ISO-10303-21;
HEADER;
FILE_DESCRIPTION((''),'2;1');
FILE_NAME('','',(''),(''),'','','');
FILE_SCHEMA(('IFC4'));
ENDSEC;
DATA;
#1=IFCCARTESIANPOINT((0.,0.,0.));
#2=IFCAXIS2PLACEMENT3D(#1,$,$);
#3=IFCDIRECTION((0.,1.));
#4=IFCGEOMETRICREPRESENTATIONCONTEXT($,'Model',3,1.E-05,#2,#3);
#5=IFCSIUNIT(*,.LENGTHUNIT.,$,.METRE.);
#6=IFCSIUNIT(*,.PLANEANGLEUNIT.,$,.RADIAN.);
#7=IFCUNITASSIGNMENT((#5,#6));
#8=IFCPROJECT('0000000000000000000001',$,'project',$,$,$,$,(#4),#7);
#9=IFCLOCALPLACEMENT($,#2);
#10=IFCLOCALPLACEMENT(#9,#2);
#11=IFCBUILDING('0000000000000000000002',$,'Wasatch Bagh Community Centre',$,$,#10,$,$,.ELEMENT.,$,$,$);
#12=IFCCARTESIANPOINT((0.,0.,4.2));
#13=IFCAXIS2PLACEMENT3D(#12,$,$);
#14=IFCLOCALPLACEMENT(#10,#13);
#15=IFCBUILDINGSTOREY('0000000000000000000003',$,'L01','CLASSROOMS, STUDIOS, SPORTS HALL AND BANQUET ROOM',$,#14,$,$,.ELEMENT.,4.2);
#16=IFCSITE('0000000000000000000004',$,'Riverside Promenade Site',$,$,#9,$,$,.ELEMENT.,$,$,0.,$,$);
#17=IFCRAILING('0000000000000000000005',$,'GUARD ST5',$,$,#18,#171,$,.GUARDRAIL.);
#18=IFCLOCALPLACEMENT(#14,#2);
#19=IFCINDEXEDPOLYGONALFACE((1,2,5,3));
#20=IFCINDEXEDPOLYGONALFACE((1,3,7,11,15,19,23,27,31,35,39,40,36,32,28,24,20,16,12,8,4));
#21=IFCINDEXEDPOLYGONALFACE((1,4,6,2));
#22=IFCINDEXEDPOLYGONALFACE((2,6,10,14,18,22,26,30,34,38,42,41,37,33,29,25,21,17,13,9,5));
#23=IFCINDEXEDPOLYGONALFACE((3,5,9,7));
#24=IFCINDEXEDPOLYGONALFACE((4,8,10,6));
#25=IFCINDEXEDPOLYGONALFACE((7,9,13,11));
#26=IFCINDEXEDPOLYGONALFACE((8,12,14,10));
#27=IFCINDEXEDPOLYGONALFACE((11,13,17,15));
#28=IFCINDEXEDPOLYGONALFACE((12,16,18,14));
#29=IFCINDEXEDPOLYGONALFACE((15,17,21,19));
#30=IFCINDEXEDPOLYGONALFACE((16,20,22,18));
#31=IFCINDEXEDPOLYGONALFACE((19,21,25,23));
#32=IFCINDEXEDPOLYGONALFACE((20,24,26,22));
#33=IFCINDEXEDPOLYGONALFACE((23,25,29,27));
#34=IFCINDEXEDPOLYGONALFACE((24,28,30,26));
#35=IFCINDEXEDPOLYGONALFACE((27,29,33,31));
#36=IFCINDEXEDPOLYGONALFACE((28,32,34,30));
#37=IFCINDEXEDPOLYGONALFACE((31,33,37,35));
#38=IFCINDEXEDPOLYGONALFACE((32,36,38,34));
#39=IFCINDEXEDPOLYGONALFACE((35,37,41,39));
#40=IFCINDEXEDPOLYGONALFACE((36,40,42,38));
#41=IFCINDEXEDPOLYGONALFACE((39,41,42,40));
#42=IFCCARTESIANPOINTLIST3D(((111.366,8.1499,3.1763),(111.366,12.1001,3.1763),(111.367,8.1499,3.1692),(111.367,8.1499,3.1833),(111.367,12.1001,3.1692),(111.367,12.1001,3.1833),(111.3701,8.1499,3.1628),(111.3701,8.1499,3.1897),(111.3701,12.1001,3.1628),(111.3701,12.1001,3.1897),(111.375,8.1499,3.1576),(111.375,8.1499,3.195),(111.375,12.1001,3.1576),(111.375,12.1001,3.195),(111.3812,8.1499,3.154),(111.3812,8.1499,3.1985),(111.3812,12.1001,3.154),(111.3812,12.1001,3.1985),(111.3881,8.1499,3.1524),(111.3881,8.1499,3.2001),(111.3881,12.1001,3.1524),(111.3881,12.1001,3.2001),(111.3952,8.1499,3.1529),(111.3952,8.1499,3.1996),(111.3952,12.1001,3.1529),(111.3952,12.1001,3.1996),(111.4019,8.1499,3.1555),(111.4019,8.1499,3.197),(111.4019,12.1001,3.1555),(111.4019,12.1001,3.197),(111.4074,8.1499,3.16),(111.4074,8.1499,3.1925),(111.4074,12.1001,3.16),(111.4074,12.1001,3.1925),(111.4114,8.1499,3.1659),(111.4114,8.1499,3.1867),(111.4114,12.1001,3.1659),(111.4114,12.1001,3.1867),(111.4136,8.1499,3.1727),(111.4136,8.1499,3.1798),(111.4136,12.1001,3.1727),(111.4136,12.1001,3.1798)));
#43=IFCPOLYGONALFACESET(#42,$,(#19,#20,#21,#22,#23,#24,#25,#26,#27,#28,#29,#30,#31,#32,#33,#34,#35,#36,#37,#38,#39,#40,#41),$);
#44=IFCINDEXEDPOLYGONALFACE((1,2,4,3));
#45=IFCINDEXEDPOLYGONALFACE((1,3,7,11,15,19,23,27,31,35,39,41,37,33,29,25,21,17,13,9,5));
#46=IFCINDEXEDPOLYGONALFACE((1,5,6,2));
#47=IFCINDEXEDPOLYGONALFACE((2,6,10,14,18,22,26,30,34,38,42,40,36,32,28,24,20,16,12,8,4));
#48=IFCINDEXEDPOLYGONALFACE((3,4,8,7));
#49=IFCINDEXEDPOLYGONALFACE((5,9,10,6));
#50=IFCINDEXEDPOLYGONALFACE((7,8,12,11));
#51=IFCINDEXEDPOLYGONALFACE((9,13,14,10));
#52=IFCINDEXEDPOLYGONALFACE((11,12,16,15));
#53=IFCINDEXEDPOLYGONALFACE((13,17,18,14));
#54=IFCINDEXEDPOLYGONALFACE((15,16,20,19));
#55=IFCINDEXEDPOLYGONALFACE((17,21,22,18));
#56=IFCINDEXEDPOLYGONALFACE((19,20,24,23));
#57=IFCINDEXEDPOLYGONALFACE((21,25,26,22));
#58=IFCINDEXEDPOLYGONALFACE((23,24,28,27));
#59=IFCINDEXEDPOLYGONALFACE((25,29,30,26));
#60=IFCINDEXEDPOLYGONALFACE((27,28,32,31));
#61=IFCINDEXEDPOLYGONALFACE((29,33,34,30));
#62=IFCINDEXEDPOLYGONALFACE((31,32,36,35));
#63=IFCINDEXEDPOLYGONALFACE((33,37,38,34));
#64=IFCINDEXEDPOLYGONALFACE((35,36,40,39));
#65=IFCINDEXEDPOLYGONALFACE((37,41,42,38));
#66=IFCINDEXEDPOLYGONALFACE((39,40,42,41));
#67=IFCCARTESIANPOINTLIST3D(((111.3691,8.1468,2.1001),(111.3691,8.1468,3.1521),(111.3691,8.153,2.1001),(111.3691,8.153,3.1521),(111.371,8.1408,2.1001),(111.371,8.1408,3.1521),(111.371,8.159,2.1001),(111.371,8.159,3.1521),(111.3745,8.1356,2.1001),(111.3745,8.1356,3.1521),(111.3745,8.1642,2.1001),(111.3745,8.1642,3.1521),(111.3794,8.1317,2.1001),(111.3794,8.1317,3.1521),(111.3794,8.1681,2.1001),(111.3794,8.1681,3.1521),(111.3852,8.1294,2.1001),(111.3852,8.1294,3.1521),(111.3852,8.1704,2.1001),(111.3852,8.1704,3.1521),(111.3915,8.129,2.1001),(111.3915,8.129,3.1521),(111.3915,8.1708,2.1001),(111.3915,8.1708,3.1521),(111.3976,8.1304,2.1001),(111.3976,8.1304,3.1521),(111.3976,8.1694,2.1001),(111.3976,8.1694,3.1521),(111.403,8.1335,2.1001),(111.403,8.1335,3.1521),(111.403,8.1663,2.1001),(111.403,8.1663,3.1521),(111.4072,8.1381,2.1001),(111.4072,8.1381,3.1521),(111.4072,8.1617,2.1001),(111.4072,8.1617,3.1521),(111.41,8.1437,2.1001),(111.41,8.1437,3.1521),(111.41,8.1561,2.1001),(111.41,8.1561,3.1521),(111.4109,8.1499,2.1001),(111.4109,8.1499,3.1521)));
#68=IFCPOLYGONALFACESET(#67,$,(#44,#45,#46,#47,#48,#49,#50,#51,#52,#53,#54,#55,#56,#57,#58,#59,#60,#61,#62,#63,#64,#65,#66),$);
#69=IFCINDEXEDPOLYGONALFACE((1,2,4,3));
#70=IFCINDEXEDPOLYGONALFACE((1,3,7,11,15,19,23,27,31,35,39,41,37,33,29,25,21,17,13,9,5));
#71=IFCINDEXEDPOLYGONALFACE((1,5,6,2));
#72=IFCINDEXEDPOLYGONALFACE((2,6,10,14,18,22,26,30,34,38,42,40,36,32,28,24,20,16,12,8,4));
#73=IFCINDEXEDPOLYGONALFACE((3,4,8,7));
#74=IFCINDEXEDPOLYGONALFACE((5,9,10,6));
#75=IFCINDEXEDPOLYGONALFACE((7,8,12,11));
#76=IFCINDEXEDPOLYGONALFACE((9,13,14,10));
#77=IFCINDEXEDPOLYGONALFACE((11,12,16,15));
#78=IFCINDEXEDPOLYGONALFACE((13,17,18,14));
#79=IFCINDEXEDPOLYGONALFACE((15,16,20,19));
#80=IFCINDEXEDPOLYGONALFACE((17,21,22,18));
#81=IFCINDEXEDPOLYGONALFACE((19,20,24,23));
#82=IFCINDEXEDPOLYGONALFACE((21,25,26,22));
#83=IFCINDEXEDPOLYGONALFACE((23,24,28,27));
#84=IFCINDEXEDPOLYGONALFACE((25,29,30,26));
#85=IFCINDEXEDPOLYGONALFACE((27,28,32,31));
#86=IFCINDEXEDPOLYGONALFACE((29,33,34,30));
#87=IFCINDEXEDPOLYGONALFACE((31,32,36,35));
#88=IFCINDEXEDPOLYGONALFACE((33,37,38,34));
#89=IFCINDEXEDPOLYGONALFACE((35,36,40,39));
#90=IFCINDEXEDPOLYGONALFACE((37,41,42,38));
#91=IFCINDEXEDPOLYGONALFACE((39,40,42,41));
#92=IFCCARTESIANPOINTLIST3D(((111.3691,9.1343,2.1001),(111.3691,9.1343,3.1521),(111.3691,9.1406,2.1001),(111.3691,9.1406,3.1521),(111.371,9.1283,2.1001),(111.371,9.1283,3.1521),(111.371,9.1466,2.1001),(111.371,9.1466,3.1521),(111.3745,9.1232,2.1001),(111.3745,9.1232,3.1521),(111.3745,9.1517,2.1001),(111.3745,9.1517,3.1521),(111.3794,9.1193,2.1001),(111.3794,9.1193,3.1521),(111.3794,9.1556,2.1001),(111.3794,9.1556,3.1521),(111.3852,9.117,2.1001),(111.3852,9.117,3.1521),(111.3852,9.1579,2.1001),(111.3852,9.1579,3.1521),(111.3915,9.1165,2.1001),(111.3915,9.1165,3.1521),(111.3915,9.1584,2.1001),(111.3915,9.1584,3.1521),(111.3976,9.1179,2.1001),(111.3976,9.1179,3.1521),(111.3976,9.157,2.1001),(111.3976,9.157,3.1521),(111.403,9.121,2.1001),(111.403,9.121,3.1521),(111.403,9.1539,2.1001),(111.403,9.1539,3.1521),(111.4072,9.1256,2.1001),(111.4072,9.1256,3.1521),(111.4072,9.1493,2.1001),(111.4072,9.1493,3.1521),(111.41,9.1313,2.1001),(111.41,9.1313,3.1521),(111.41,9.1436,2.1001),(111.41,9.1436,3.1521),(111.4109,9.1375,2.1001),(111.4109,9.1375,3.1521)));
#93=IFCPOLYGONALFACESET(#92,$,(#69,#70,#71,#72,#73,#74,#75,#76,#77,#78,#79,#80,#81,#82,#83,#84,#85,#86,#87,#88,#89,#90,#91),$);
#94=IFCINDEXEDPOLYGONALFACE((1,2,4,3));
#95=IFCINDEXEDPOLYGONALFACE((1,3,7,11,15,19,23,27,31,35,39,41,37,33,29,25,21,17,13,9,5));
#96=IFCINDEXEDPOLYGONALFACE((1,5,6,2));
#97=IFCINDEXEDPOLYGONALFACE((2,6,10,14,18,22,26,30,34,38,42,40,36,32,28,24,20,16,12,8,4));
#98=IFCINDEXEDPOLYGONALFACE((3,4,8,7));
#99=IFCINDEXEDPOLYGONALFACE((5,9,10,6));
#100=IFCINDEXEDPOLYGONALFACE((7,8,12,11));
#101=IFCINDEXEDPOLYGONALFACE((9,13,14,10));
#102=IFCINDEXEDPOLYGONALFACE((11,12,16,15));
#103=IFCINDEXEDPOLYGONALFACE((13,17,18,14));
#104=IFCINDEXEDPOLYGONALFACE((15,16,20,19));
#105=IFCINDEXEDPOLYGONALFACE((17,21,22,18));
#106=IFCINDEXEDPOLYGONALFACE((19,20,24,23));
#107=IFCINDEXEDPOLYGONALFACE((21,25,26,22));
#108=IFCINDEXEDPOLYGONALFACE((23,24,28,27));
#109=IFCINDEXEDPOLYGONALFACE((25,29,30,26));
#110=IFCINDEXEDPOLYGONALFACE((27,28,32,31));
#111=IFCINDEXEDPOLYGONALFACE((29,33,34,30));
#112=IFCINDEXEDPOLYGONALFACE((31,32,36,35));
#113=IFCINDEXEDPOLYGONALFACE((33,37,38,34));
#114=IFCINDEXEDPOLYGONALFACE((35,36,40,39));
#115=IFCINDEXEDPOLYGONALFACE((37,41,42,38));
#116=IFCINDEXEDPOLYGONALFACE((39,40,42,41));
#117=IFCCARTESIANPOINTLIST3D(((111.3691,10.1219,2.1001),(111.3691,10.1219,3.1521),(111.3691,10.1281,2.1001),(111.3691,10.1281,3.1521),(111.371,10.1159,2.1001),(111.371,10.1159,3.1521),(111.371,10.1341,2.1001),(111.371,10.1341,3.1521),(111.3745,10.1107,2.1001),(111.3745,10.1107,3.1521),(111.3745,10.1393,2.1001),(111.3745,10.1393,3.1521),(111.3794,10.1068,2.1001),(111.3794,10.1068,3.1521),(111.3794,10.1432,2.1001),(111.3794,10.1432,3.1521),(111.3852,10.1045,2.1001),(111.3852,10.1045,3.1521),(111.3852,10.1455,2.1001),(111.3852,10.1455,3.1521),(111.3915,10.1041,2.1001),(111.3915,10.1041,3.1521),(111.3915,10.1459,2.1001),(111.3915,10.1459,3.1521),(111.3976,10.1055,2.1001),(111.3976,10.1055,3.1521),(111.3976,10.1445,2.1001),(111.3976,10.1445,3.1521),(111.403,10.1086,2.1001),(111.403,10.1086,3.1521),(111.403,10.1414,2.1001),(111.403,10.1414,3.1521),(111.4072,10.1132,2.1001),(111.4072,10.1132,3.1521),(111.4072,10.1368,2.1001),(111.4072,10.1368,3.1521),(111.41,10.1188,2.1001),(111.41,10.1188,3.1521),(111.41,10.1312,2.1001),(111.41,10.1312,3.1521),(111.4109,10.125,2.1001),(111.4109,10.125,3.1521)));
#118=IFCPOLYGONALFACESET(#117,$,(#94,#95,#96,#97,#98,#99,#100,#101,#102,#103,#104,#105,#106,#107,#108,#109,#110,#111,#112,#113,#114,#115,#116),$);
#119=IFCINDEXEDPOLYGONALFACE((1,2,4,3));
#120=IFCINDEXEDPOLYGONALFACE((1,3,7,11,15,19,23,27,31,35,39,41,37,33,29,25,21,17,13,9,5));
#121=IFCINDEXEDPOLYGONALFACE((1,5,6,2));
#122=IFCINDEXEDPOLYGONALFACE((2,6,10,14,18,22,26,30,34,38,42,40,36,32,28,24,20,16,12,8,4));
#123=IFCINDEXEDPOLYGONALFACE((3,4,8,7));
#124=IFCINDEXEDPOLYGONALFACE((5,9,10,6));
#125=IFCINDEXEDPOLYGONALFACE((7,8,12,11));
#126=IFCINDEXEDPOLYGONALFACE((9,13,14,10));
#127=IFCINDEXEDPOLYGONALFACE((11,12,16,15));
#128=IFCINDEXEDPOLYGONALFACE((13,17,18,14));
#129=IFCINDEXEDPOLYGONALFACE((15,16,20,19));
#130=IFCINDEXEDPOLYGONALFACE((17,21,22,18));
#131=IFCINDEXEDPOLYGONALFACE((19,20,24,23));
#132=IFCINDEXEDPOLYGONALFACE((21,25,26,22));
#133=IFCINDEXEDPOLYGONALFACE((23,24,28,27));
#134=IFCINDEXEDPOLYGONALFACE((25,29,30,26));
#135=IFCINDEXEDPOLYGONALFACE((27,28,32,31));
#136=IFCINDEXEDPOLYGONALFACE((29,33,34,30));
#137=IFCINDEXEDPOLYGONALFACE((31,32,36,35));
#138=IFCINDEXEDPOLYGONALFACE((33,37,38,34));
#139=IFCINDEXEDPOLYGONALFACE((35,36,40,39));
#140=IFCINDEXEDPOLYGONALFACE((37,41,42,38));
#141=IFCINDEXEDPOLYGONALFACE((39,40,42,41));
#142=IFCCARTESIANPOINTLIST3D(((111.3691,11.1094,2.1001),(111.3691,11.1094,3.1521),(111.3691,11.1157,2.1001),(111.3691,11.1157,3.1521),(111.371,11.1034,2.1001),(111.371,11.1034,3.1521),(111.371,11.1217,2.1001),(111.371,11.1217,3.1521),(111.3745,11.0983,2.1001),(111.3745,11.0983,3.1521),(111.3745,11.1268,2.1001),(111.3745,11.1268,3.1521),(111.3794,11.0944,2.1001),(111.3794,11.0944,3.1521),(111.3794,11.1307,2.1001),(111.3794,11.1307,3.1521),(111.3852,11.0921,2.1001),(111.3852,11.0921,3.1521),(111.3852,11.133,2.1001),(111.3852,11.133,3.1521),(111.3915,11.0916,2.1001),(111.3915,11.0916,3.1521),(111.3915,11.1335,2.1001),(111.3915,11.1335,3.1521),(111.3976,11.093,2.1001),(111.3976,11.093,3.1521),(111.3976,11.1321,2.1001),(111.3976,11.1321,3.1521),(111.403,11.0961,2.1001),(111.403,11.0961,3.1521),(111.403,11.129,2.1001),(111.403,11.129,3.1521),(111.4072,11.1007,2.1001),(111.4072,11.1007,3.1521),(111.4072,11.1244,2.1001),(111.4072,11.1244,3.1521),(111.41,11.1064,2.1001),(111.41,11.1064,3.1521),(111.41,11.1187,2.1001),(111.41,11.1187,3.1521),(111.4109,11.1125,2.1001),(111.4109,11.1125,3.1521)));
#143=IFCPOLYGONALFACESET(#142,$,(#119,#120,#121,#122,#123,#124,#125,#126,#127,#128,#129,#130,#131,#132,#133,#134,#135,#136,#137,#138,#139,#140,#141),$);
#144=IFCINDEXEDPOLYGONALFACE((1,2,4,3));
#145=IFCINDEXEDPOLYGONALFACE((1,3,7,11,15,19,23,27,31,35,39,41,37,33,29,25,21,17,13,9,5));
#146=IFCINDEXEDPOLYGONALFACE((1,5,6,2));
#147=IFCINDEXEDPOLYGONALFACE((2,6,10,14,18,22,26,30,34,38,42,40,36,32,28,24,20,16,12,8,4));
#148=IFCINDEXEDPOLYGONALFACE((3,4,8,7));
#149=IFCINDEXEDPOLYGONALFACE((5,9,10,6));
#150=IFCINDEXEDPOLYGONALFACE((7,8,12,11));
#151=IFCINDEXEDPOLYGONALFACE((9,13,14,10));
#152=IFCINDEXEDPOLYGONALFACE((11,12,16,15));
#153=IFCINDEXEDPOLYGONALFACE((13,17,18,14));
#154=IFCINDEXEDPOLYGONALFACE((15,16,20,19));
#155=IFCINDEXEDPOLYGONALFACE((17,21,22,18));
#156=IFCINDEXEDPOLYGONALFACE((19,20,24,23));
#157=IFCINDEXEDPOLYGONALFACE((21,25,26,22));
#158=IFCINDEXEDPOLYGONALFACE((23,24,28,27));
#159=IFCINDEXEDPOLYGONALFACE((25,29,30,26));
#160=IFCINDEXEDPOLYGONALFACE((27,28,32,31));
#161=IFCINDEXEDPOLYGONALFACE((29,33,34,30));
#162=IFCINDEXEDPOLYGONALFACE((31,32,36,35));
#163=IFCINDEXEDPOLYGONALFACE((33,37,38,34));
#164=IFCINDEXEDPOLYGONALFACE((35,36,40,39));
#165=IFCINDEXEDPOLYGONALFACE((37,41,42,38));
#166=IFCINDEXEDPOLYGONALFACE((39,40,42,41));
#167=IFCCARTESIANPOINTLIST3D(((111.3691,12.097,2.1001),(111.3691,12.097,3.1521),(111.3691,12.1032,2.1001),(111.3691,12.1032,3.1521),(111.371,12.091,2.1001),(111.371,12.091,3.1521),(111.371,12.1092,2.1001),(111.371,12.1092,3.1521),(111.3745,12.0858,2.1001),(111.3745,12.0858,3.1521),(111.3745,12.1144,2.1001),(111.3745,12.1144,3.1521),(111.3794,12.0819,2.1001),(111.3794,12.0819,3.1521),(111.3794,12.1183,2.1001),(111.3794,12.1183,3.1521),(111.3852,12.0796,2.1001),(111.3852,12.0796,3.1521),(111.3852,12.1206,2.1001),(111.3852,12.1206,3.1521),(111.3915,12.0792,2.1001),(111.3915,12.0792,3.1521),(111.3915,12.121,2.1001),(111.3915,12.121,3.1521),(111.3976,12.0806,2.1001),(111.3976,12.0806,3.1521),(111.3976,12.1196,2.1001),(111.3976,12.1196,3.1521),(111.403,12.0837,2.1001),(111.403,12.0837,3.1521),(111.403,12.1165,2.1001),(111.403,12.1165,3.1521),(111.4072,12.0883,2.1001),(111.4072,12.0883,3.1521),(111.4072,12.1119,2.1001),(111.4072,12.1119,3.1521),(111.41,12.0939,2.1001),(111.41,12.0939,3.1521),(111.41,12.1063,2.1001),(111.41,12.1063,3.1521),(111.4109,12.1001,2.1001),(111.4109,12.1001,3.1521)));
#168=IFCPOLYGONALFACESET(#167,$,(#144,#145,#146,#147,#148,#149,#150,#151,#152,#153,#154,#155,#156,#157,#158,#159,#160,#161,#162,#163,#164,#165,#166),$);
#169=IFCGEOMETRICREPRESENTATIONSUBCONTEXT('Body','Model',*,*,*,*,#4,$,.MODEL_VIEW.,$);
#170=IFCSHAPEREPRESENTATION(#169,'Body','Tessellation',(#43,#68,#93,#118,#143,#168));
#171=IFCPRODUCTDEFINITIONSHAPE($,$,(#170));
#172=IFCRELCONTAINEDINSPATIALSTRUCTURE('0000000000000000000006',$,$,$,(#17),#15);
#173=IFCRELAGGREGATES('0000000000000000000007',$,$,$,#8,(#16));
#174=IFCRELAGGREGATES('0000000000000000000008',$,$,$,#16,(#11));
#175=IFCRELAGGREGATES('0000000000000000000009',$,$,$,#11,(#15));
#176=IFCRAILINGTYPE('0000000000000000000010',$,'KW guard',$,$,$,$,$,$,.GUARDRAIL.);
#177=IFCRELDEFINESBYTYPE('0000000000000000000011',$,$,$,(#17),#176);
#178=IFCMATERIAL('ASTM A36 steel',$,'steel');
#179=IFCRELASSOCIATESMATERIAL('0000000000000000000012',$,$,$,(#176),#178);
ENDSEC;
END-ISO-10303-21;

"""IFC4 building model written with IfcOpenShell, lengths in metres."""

from ifc_helpers import new_model, si_unit, direction, frame, origin, origin_2d, place, context, subcontext, project, spatial, circle, extrude, material, type_object, element, save


model = new_model("IFC4")

# Units and contexts
model_context = context("Model", 3, precision=1e-05, world=origin(), true_north=direction((0.0, 1.0)))
body_context = subcontext(model_context, "Body", "Model", "MODEL_VIEW")
ifc_project = project(units=[si_unit("LENGTHUNIT", "METRE"), si_unit("PLANEANGLEUNIT", "RADIAN")], contexts=[model_context])

# Site, building, storey
site_placement = place(None, origin())
site = spatial("IfcSite", under=ifc_project, at=site_placement, Name="Riverside Promenade Site", CompositionType="ELEMENT", RefElevation=0.0)
building_placement = place(site_placement, origin())
building = spatial("IfcBuilding", under=site, at=building_placement, Name="Wasatch Bagh Community Centre", CompositionType="ELEMENT")
storey_placement = place(building_placement, frame((0.0, 0.0, 4.2)))
storey = spatial("IfcBuildingStorey", under=building, at=storey_placement, Name="L01", Description="CLASSROOMS, STUDIOS, SPORTS HALL AND BANQUET ROOM", CompositionType="ELEMENT", Elevation=4.2)

# Railing
ifc_material_1 = material(Name="ASTM A36 steel", Category="steel")
railing_type_1 = type_object("IfcRailingType", Name="KW guard", PredefinedType="GUARDRAIL", material=ifc_material_1)
railing_1_placement = place(storey_placement, frame((111.3899, 8.1499, 2.1001)))
element("IfcRailing", 1, at=railing_1_placement, inside=storey, type_object=railing_type_1, Name="GUARD ST5", PredefinedType="GUARDRAIL", context=body_context, shape_type="SweptSolid", body=[
    extrude(circle(Radius=0.0239, at=origin_2d()), frame((0.0, 0.0, 1.0762), z_axis=(0.0, 1.0, 0.0), x_axis=(-1.0, 0.0, 0.0)), (0.0, 0.0, 1.0), 3.9502),
    extrude(circle(Radius=0.021, at=origin_2d()), origin(), (0.0, 0.0, 1.0), 1.052),
    extrude(circle(Radius=0.021, at=origin_2d()), frame((0.0, 0.9875, 0.0)), (0.0, 0.0, 1.0), 1.052),
    extrude(circle(Radius=0.021, at=origin_2d()), frame((0.0, 1.9751, 0.0)), (0.0, 0.0, 1.0), 1.052),
    extrude(circle(Radius=0.021, at=origin_2d()), frame((0.0, 2.9626, 0.0)), (0.0, 0.0, 1.0), 1.052),
    extrude(circle(Radius=0.021, at=origin_2d()), frame((0.0, 3.9502, 0.0)), (0.0, 0.0, 1.0), 1.052),
])

save(model, "model.ifc")
